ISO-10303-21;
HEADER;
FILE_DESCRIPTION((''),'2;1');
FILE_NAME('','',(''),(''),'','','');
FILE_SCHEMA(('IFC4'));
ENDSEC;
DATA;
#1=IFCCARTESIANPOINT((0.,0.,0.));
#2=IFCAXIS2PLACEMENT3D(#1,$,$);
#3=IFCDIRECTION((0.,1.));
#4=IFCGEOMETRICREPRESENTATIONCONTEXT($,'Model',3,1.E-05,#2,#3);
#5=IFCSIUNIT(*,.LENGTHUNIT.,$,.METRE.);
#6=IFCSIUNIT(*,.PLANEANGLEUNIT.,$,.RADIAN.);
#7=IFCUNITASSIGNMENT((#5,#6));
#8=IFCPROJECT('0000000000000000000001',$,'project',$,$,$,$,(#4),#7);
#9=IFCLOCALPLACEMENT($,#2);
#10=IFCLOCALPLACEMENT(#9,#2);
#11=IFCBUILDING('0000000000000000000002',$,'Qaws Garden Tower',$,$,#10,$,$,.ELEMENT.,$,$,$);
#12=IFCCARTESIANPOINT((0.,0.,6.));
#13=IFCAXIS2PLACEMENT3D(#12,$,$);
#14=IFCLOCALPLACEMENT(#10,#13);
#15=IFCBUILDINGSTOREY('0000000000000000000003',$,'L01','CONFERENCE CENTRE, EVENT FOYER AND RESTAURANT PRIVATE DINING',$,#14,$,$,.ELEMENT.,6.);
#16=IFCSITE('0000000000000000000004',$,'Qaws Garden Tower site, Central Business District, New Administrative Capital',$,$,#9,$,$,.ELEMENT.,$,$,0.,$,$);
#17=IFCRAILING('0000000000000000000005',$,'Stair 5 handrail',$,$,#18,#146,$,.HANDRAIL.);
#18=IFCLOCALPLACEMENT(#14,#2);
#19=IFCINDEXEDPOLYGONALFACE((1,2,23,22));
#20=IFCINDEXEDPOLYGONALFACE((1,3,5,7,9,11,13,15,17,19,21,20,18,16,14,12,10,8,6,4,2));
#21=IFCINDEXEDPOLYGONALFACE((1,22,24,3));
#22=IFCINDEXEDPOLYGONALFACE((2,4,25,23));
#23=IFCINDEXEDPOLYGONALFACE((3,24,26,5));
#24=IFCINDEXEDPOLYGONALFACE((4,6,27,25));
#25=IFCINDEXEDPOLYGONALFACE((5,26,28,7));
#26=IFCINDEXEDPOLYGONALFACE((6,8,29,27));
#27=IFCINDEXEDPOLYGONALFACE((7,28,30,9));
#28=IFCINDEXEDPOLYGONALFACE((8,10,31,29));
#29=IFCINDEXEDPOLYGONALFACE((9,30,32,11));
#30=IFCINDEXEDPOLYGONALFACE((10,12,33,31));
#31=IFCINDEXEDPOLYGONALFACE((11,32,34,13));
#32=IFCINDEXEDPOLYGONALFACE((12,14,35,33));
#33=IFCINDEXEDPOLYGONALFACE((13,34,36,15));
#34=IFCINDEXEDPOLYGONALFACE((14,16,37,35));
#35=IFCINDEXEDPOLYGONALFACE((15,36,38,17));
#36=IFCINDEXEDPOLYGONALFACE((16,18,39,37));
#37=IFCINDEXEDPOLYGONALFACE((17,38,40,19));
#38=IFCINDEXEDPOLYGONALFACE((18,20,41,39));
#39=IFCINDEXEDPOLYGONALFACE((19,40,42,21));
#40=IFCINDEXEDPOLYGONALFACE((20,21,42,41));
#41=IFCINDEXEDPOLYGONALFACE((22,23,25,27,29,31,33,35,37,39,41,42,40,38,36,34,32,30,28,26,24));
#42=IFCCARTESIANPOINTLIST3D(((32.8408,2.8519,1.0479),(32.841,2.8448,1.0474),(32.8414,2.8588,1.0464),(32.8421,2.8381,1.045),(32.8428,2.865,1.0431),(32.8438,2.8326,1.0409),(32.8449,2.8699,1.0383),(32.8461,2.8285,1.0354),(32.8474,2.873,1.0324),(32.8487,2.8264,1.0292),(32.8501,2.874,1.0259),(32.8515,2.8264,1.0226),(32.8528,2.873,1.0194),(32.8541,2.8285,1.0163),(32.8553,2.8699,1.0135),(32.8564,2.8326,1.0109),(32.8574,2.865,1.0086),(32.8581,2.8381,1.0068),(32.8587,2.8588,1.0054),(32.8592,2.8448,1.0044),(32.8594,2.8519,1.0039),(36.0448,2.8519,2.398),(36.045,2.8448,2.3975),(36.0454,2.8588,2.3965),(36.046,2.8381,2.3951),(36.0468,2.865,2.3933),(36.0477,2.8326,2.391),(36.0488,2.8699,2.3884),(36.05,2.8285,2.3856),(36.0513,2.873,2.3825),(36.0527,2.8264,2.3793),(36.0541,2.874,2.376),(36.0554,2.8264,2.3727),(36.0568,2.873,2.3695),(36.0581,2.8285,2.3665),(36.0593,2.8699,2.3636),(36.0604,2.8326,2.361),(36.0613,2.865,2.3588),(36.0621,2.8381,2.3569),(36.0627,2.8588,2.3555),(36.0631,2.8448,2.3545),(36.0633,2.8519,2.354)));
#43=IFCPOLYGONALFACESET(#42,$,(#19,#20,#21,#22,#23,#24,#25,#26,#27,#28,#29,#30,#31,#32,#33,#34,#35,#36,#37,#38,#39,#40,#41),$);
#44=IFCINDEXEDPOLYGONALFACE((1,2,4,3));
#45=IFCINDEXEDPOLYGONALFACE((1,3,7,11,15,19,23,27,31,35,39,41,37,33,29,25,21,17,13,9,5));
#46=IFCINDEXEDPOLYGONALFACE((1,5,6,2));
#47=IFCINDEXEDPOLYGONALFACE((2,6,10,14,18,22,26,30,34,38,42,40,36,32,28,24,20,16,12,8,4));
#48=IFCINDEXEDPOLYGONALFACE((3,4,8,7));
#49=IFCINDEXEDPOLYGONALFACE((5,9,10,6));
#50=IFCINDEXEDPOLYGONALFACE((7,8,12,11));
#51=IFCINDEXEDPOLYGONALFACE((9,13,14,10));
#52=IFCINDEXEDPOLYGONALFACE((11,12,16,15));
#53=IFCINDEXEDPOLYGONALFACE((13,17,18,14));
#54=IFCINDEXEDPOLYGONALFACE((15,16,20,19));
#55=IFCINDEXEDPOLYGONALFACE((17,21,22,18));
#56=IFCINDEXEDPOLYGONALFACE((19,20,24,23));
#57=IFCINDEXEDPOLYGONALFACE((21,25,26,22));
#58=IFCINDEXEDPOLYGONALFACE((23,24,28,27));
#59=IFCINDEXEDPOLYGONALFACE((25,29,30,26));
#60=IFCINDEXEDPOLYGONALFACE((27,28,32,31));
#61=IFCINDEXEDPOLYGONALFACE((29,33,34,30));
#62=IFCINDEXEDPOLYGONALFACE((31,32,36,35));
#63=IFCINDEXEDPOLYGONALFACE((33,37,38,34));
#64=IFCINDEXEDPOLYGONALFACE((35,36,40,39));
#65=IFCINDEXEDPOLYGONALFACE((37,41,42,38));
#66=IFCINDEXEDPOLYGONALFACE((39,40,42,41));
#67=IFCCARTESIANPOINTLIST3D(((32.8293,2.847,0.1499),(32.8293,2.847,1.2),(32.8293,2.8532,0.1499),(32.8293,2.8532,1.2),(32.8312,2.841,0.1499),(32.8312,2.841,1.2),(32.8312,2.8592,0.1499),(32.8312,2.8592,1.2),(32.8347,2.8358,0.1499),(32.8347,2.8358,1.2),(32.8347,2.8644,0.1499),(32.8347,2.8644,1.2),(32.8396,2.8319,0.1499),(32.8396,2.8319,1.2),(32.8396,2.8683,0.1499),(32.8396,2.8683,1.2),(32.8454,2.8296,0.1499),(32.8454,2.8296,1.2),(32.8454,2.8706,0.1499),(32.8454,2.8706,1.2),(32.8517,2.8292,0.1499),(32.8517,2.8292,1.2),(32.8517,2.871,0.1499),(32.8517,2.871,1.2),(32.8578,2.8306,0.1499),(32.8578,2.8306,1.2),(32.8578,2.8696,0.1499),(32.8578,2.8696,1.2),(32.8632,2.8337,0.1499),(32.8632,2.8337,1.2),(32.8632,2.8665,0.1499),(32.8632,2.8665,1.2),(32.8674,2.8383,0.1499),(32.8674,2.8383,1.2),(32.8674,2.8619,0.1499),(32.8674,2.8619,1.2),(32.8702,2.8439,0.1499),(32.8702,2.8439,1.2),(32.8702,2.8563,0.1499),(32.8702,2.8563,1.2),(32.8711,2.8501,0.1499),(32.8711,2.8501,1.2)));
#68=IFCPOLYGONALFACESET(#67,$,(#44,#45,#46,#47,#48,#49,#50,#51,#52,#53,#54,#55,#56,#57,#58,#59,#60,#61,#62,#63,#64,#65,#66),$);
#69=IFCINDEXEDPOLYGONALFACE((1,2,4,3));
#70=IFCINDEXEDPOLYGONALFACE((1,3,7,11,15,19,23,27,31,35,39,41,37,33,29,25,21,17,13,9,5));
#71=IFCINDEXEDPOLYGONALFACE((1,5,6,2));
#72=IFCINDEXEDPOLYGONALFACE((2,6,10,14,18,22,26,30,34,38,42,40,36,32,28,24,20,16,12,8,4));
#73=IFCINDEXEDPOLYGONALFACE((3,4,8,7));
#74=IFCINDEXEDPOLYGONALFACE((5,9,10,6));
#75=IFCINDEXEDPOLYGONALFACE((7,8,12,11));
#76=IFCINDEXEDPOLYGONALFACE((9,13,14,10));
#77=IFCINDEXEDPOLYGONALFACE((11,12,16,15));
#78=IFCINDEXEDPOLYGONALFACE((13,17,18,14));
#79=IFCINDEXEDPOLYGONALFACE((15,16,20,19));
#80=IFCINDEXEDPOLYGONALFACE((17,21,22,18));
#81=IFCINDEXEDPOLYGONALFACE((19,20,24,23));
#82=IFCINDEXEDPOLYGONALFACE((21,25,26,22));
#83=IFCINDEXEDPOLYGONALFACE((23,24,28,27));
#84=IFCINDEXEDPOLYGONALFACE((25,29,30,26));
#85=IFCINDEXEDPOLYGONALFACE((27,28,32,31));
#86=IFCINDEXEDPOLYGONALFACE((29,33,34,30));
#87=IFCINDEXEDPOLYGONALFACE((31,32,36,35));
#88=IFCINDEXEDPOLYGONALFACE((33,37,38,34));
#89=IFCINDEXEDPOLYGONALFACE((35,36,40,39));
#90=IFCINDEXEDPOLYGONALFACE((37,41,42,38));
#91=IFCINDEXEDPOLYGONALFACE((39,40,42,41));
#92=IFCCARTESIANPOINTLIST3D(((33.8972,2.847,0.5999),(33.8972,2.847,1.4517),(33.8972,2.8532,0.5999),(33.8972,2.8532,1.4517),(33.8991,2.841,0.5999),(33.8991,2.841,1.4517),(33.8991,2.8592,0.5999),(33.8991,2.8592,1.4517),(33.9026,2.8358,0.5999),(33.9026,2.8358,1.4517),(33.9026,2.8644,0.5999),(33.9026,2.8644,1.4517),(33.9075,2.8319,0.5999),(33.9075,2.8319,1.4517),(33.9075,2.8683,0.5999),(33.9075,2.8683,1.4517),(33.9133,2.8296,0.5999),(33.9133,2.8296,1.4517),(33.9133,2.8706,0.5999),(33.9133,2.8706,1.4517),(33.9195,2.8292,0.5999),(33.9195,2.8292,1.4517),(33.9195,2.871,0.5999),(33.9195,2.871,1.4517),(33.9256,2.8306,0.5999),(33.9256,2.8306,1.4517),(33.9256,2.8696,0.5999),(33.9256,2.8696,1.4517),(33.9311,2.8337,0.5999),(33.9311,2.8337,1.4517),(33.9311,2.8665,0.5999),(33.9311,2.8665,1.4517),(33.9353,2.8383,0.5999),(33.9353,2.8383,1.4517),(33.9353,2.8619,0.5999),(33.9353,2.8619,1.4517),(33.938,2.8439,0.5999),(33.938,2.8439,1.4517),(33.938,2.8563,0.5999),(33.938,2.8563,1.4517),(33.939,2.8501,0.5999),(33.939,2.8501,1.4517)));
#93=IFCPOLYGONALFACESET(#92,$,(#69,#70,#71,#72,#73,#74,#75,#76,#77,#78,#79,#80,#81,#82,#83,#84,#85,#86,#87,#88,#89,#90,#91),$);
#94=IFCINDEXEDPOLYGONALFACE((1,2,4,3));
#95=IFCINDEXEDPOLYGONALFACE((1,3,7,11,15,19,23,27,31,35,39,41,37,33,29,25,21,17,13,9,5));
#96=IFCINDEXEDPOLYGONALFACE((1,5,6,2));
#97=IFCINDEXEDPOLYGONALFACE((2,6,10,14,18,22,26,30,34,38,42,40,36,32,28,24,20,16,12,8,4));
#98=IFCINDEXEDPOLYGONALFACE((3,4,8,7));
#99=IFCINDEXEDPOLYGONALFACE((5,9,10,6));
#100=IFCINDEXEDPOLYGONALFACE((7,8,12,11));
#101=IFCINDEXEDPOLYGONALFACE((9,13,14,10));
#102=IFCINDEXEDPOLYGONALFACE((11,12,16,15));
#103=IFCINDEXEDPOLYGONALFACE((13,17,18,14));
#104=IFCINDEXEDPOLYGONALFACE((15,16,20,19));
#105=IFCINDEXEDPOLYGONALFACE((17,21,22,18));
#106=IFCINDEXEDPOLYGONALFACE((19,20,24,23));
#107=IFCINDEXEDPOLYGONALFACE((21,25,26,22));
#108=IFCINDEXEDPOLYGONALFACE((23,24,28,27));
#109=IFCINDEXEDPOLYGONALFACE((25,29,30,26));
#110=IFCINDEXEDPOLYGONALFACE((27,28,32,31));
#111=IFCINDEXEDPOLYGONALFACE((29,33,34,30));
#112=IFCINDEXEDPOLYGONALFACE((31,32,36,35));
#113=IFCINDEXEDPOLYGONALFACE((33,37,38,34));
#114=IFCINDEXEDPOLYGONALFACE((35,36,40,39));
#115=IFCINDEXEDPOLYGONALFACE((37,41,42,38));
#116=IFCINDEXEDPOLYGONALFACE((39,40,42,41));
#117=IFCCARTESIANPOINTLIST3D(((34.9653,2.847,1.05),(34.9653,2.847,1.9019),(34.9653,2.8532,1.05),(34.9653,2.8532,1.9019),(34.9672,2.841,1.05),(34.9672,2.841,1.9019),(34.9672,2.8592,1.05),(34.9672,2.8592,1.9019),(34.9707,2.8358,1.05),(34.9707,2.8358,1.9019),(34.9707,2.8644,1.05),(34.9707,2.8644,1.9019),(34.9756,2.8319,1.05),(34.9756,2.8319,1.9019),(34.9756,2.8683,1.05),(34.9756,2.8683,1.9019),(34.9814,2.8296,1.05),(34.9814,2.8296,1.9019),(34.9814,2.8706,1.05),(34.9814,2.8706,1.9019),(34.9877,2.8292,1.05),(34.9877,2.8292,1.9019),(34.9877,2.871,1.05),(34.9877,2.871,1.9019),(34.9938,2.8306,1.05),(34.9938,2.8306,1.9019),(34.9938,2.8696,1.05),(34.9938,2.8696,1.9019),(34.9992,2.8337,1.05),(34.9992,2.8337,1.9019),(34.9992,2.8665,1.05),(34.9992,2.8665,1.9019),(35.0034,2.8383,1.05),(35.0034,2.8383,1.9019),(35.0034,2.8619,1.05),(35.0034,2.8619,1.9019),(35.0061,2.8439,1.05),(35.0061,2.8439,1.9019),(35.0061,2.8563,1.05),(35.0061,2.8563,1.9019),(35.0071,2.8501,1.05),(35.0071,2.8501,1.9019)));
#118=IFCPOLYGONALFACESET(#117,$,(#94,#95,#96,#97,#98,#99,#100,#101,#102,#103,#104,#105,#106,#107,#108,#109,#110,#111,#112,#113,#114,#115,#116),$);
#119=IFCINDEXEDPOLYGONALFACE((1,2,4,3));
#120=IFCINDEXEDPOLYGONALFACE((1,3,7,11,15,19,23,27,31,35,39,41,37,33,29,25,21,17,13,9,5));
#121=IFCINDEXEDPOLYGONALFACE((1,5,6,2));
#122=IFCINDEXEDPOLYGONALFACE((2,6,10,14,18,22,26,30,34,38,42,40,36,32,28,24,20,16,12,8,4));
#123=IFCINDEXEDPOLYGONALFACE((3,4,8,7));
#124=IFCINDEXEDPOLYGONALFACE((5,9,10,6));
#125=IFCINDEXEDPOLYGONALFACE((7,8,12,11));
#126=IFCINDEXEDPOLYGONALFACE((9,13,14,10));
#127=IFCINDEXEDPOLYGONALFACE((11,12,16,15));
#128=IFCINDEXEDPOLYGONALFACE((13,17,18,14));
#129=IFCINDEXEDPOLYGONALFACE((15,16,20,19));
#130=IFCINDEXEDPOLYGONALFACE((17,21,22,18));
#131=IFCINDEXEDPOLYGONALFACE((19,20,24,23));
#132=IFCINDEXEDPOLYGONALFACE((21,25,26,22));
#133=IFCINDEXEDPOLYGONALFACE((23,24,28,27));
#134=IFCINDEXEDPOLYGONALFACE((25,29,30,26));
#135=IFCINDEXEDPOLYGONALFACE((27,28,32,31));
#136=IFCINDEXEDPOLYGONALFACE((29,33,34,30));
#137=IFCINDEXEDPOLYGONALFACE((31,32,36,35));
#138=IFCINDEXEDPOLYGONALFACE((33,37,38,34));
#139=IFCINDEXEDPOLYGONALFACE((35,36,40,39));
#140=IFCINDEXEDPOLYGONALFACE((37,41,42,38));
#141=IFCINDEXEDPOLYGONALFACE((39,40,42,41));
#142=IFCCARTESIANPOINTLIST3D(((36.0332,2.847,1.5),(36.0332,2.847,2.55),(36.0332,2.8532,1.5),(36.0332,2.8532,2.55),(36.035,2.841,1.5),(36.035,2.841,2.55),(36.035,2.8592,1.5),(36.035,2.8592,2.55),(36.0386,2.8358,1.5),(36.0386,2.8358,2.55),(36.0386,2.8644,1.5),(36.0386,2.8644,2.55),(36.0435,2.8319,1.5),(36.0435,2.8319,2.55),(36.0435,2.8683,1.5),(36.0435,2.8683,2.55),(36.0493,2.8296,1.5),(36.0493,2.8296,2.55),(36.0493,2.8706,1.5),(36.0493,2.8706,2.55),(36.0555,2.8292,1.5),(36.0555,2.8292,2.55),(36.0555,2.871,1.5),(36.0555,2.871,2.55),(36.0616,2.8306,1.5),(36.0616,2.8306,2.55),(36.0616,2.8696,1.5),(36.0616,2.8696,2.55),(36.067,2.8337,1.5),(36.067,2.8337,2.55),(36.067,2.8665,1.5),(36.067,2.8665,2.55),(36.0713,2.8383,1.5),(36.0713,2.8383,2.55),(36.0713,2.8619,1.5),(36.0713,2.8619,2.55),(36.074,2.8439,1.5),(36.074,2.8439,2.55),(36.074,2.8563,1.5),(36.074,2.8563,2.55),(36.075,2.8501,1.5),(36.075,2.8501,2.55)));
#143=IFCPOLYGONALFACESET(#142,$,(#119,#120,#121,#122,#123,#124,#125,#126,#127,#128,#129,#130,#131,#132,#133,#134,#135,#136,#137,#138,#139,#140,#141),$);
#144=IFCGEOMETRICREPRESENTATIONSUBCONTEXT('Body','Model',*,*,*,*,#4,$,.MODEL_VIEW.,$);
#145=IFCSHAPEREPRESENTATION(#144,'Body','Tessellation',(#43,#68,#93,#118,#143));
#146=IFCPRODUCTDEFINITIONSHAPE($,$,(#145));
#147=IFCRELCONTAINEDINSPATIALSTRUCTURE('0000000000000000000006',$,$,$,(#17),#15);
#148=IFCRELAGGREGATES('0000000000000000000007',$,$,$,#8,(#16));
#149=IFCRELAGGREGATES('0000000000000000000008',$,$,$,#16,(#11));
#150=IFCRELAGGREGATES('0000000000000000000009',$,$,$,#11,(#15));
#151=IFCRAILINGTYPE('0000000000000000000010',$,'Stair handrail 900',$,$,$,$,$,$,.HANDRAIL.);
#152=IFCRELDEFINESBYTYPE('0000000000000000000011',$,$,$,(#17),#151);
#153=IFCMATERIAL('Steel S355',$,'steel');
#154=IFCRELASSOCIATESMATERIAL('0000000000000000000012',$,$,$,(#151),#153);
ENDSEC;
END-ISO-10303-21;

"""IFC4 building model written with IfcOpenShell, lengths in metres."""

from ifc_helpers import new_model, si_unit, direction, frame, origin, origin_2d, place, context, subcontext, project, spatial, circle, extrude, material, type_object, element, save


model = new_model("IFC4")

# Units and contexts
model_context = context("Model", 3, precision=1e-05, world=origin(), true_north=direction((0.0, 1.0)))
body_context = subcontext(model_context, "Body", "Model", "MODEL_VIEW")
ifc_project = project(units=[si_unit("LENGTHUNIT", "METRE"), si_unit("PLANEANGLEUNIT", "RADIAN")], contexts=[model_context])

# Site, building, storey
site_placement = place(None, origin())
site = spatial("IfcSite", under=ifc_project, at=site_placement, Name="Qaws Garden Tower site, Central Business District, New Administrative Capital", CompositionType="ELEMENT", RefElevation=0.0)
building_placement = place(site_placement, origin())
building = spatial("IfcBuilding", under=site, at=building_placement, Name="Qaws Garden Tower", CompositionType="ELEMENT")
storey_placement = place(building_placement, frame((0.0, 0.0, 6.0)))
storey = spatial("IfcBuildingStorey", under=building, at=storey_placement, Name="L01", Description="CONFERENCE CENTRE, EVENT FOYER AND RESTAURANT PRIVATE DINING", CompositionType="ELEMENT", Elevation=6.0)

# Railing
ifc_material_1 = material(Name="Steel S355", Category="steel")
railing_type = type_object("IfcRailingType", Name="Stair handrail 900", PredefinedType="HANDRAIL", material=ifc_material_1)
railing_1_placement = place(storey_placement, frame((32.8501, 2.8501, 0.1499)))
element("IfcRailing", 1, at=railing_1_placement, inside=storey, type_object=railing_type, Name="Stair 5 handrail", PredefinedType="HANDRAIL", context=body_context, shape_type="SweptSolid", body=[
    extrude(circle(Radius=0.0239, at=origin_2d()), frame((0.0, 0.0, 0.876), z_axis=(0.921522, 0.0, 0.388327), x_axis=(0.0, 1.0, 0.0)), (0.0, 0.0, 1.0), 3.4768),
    extrude(circle(Radius=0.021, at=origin_2d()), origin(), (0.0, 0.0, 1.0), 1.05),
    extrude(circle(Radius=0.021, at=origin_2d()), frame((1.0679, 0.0, 0.45)), (0.0, 0.0, 1.0), 0.8518),
    extrude(circle(Radius=0.021, at=origin_2d()), frame((2.136, 0.0, 0.9001)), (0.0, 0.0, 1.0), 0.8518),
    extrude(circle(Radius=0.021, at=origin_2d()), frame((3.2039, 0.0, 1.3501)), (0.0, 0.0, 1.0), 1.05),
])

save(model, "model.ifc")
